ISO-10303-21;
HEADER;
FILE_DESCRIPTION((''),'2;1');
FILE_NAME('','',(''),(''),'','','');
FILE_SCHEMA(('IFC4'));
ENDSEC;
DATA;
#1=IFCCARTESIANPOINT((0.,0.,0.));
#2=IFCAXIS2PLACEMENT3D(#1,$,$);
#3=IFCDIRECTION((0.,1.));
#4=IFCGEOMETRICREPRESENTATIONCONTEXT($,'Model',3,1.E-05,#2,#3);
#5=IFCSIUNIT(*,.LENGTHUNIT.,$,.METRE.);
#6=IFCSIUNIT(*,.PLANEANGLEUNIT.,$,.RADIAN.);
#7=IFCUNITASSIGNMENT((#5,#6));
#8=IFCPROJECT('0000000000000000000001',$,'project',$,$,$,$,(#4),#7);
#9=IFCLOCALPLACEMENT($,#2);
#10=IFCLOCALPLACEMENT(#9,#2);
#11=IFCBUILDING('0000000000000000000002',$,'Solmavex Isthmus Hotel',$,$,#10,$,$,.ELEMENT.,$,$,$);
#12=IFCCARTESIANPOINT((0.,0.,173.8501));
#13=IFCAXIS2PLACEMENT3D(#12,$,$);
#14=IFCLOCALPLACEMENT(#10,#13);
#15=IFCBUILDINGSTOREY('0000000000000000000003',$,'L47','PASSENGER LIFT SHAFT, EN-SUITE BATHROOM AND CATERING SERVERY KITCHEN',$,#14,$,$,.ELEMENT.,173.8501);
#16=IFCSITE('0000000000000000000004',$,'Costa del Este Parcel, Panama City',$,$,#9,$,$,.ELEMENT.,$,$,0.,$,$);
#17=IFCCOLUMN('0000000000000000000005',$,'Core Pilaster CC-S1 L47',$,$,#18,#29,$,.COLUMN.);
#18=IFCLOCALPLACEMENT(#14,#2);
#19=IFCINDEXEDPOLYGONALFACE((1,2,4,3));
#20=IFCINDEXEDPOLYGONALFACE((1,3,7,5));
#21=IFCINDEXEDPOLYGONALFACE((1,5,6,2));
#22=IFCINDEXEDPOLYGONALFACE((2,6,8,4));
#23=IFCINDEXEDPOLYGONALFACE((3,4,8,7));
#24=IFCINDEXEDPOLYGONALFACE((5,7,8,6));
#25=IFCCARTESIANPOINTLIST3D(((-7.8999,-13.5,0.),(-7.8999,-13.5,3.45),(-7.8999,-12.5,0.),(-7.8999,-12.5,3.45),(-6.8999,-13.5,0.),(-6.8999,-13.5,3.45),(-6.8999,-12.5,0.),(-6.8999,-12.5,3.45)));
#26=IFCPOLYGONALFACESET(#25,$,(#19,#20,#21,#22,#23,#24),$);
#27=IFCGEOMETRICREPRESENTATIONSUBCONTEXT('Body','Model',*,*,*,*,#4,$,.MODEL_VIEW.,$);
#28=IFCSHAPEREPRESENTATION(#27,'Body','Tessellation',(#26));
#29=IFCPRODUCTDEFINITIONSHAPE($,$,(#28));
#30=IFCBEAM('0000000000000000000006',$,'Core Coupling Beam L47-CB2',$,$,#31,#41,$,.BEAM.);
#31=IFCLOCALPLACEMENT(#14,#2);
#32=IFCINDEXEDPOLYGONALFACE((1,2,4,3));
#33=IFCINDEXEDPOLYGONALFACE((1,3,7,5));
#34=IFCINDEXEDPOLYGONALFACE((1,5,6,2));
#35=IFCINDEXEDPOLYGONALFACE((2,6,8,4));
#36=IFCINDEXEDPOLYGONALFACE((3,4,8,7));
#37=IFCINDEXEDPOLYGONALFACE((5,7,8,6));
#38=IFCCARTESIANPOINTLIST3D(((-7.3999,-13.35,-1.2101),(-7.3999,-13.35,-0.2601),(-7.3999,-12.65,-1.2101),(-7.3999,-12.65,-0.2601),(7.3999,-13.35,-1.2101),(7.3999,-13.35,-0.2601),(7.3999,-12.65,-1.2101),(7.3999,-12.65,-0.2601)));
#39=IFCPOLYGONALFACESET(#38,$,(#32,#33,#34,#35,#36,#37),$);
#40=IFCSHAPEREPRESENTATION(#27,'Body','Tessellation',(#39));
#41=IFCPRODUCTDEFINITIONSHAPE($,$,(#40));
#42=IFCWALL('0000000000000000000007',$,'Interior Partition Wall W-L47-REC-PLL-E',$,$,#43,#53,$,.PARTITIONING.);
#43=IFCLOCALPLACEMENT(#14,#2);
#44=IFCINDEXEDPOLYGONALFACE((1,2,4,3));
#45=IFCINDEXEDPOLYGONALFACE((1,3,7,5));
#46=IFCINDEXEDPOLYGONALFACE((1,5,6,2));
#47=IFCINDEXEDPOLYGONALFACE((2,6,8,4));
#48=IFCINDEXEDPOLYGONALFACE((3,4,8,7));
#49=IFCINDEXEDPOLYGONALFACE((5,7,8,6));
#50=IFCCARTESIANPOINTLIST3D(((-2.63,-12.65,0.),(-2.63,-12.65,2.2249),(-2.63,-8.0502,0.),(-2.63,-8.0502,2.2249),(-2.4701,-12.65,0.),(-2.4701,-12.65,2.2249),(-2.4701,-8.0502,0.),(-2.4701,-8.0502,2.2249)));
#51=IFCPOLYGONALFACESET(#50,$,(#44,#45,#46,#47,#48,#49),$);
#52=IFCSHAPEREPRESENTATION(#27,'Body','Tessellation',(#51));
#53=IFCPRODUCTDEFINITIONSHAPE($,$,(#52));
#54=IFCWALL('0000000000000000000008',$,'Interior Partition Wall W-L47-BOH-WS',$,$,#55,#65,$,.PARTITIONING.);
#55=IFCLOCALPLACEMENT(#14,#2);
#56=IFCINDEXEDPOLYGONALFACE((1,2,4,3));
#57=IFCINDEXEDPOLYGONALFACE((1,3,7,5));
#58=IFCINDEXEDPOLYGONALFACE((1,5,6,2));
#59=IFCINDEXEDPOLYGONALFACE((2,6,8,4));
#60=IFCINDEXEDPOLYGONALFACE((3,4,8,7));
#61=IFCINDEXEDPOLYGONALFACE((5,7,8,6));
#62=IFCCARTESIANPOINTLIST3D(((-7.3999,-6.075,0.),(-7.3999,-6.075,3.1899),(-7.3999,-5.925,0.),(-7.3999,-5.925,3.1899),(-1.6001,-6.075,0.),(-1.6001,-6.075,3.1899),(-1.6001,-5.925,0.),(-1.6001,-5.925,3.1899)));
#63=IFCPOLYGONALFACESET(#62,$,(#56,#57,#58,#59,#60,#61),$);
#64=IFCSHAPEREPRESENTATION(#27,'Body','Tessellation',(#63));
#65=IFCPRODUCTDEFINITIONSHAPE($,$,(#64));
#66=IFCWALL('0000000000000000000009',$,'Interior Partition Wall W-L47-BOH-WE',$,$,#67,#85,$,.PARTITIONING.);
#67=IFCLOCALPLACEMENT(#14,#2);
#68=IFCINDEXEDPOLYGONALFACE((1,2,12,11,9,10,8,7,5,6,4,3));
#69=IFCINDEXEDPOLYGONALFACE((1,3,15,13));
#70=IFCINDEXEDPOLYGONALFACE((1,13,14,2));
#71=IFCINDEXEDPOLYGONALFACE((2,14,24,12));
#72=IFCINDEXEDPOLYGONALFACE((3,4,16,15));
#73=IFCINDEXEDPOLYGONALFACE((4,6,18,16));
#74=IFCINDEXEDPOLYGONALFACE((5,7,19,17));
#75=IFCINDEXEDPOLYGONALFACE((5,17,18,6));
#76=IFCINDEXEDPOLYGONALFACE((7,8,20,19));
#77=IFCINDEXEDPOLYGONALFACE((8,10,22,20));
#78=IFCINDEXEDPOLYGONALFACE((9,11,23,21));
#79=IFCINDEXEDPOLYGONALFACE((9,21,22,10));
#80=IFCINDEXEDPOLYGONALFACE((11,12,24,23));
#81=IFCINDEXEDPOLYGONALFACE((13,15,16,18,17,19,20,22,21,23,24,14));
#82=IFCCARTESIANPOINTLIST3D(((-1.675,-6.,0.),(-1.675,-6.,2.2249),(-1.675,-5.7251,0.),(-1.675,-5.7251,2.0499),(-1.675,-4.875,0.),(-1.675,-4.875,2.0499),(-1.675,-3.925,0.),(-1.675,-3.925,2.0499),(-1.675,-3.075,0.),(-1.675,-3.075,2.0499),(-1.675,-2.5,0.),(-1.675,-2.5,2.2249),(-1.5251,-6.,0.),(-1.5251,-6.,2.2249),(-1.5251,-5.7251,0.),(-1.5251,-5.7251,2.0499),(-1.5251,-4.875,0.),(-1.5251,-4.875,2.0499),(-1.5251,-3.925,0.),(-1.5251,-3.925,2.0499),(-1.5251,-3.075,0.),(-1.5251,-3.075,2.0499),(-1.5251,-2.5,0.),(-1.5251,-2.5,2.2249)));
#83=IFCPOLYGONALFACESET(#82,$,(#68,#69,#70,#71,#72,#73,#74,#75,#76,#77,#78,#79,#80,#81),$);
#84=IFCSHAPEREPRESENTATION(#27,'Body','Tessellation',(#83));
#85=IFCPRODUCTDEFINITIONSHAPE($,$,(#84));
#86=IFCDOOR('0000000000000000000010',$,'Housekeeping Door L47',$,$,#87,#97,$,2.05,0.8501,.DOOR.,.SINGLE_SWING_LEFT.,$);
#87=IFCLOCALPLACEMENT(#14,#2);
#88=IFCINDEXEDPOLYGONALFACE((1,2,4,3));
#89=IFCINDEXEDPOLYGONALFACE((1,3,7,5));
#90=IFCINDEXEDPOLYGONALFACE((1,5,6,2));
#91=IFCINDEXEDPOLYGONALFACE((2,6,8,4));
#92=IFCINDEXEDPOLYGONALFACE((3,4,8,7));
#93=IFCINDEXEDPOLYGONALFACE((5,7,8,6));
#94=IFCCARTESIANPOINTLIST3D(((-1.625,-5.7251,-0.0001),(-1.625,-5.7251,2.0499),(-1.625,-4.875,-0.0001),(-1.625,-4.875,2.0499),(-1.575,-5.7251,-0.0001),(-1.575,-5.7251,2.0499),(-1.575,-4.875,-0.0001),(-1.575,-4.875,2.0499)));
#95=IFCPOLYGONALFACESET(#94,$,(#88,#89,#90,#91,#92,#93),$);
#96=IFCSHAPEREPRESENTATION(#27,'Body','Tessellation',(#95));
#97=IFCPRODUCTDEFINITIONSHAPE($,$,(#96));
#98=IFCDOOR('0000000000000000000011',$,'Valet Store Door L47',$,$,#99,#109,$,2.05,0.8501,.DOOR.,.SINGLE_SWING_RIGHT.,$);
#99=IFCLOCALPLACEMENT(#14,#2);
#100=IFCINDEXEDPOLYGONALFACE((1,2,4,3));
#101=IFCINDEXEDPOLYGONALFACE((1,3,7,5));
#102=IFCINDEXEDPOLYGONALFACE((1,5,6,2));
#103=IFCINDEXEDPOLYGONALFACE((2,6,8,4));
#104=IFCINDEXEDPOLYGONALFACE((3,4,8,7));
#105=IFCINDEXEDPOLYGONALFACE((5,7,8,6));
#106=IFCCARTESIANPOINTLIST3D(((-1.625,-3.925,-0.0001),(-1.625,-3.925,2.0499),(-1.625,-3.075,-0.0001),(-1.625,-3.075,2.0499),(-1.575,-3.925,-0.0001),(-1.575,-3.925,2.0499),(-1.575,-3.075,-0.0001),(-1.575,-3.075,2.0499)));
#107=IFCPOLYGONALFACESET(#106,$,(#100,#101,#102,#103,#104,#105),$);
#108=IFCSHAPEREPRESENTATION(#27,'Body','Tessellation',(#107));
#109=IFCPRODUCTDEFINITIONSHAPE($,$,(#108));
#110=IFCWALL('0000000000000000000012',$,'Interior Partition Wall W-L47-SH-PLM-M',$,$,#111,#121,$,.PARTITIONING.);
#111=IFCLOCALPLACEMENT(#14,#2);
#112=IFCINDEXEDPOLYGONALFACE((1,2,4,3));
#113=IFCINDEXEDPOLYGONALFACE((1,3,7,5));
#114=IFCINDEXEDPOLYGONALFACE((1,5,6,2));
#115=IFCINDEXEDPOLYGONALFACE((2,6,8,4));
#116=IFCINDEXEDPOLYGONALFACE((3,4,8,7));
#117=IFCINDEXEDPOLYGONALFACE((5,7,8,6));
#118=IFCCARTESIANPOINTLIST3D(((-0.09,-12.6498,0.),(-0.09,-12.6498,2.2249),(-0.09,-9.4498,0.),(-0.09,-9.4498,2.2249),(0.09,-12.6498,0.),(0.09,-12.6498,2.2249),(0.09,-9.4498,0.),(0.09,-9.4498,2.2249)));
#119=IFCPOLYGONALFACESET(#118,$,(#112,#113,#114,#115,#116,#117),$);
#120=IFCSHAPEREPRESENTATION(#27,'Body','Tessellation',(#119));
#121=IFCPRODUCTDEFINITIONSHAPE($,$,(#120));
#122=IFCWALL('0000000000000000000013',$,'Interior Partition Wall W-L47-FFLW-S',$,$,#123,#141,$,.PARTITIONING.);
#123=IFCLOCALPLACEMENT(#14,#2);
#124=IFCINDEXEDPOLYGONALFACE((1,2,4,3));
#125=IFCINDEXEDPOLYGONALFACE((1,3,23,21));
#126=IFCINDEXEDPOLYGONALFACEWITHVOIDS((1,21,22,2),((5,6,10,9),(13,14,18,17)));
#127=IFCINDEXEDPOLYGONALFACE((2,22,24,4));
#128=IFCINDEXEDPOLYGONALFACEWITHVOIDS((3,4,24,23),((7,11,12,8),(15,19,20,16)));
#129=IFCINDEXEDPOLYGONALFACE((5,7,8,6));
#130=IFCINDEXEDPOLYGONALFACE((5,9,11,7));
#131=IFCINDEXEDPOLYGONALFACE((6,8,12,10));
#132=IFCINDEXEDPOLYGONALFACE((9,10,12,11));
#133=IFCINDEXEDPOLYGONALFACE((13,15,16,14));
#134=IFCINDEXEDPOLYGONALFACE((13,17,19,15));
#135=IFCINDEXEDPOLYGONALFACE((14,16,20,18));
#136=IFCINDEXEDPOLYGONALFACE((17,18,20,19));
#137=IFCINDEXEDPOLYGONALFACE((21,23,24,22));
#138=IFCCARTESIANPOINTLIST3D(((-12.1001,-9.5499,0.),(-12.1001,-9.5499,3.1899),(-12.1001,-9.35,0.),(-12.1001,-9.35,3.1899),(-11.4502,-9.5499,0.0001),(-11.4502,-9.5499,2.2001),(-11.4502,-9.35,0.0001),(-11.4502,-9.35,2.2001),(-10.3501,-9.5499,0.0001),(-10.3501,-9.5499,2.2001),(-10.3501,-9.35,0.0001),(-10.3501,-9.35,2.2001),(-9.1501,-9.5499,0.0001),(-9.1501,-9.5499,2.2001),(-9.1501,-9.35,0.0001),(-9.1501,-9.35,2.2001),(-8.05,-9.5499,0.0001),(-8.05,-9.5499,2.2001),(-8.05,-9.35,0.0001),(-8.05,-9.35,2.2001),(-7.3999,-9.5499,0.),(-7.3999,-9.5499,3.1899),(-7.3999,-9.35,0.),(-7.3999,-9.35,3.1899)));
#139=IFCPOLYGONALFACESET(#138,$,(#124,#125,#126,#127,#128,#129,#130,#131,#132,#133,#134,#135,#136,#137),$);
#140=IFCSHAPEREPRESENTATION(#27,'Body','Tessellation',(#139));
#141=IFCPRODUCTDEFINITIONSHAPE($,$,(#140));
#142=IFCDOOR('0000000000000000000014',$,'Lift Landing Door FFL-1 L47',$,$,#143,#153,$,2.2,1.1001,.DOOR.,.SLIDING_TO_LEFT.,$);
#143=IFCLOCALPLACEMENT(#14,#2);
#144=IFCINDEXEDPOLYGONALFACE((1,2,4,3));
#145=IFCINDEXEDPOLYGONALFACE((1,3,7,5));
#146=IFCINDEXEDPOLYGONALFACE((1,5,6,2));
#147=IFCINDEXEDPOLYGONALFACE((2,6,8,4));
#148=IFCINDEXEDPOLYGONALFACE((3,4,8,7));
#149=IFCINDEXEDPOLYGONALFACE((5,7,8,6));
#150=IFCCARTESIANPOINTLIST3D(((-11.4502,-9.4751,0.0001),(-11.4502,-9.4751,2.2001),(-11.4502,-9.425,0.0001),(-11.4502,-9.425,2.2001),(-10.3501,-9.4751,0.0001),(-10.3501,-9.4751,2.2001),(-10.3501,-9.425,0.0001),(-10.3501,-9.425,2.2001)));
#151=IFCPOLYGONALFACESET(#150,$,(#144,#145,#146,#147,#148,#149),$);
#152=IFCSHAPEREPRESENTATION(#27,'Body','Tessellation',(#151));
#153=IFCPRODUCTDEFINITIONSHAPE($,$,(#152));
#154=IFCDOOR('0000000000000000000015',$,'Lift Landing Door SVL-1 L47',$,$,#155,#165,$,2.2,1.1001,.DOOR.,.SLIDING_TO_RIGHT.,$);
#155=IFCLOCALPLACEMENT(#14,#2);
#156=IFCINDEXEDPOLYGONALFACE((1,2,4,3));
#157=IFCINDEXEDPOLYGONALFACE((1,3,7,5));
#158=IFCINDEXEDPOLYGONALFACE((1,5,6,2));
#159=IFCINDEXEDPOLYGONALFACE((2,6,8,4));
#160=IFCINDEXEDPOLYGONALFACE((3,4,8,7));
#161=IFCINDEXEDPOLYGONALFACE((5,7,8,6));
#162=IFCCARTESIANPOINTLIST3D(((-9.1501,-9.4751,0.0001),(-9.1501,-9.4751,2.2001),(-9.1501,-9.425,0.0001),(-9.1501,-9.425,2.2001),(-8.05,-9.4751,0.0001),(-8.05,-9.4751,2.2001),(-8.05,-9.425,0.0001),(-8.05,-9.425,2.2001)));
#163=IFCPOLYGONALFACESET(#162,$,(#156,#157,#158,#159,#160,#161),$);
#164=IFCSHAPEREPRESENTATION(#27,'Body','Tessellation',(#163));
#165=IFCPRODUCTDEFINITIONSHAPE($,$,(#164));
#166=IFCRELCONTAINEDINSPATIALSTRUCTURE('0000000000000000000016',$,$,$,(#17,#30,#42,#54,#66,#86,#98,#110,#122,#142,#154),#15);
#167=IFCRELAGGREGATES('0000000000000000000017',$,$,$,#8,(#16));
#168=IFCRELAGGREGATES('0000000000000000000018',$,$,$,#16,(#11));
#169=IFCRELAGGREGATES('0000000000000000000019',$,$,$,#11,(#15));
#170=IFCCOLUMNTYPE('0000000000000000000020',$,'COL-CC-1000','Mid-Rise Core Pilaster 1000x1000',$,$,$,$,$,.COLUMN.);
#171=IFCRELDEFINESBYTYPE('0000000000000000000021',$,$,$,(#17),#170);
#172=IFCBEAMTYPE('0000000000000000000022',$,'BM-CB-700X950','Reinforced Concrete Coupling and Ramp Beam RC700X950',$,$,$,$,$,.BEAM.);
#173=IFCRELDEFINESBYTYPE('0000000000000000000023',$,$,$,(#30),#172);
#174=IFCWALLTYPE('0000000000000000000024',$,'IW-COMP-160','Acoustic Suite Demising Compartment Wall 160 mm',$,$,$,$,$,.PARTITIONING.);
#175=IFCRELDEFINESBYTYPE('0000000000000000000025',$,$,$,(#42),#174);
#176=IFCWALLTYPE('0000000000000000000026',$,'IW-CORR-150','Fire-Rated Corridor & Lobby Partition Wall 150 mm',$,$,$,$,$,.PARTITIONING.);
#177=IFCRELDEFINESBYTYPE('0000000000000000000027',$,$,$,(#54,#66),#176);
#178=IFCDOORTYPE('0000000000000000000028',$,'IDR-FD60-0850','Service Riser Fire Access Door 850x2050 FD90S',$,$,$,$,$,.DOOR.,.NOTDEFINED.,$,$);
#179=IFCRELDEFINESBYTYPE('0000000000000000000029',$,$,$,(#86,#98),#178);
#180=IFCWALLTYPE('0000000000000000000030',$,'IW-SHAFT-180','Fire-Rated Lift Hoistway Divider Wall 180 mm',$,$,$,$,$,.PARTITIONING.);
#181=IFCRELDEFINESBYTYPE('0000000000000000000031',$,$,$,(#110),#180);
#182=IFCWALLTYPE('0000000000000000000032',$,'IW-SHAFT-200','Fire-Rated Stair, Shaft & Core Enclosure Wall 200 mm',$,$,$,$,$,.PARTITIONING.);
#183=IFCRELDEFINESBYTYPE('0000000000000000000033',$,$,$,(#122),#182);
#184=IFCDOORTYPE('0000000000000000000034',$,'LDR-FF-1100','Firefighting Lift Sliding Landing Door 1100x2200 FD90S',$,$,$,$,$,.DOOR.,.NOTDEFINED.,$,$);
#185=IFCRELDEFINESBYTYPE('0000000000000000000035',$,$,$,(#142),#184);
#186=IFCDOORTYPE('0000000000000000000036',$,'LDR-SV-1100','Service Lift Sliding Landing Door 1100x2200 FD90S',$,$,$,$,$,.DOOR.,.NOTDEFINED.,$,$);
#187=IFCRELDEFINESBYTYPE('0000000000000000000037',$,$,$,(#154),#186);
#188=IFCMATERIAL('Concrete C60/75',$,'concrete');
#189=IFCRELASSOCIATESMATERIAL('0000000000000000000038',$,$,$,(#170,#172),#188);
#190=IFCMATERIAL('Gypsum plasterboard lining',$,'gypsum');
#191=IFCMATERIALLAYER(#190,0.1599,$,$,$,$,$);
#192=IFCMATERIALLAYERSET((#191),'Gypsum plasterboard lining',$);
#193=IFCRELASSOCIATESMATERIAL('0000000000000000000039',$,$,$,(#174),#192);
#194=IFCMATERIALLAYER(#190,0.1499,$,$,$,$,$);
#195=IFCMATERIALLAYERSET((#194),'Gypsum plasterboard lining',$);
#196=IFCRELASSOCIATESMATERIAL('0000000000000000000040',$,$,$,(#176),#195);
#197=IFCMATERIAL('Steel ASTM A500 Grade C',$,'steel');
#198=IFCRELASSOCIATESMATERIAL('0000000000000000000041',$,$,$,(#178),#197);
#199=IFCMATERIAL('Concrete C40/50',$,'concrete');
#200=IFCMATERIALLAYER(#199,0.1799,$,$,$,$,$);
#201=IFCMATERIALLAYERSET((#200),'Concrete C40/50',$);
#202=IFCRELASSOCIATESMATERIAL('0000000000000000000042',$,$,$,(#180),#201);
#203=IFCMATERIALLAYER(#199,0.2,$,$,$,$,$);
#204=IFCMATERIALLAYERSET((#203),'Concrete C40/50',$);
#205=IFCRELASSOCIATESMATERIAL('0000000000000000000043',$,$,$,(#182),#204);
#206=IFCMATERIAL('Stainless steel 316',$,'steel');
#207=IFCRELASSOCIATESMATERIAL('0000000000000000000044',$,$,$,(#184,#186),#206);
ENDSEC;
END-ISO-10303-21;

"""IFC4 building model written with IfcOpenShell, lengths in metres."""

from ifc_helpers import new_model, si_unit, direction, frame, frame_2d, origin, origin_2d, place, context, subcontext, project, spatial, rectangle, extrude, material, layer, layer_set, material_profile, profile_set, type_object, element, fill, save


model = new_model("IFC4")

# Units and contexts
model_context = context("Model", 3, precision=1e-05, world=origin(), true_north=direction((0.0, 1.0)))
body_context = subcontext(model_context, "Body", "Model", "MODEL_VIEW")
ifc_project = project(units=[si_unit("LENGTHUNIT", "METRE"), si_unit("PLANEANGLEUNIT", "RADIAN")], contexts=[model_context])

# Site, building, storey
site_placement = place(None, origin())
site = spatial("IfcSite", under=ifc_project, at=site_placement, Name="Costa del Este Parcel, Panama City", CompositionType="ELEMENT", RefElevation=0.0)
building_placement = place(site_placement, origin())
building = spatial("IfcBuilding", under=site, at=building_placement, Name="Solmavex Isthmus Hotel", CompositionType="ELEMENT")
storey_placement = place(building_placement, frame((0.0, 0.0, 173.8501)))
storey = spatial("IfcBuildingStorey", under=building, at=storey_placement, Name="L47", Description="PASSENGER LIFT SHAFT, EN-SUITE BATHROOM AND CATERING SERVERY KITCHEN", CompositionType="ELEMENT", Elevation=173.8501)

# Column
ifc_material_1 = material(Name="Concrete C60/75", Category="concrete")
ifc_material_profile_1 = material_profile(ifc_material_1, rectangle(XDim=1.0, YDim=1.0, at=origin_2d()), Name="RC1000X1000")
ifc_profile_set_1 = profile_set([ifc_material_profile_1], Name="Concrete C60/75")
column_type = type_object("IfcColumnType", Name="COL-CC-1000", Description="Mid-Rise Core Pilaster 1000x1000", PredefinedType="COLUMN", material=ifc_profile_set_1)
column_placement = place(storey_placement, frame((-7.3999, -13.0, 0.0), z_axis=(0.0, 0.0, 1.0), x_axis=(1.0, 0.0, 0.0)))
element("IfcColumn", 1, at=column_placement, inside=storey, type_object=column_type, Name="Core Pilaster CC-S1 L47", PredefinedType="COLUMN", context=body_context, shape_type="SweptSolid", body=[
    extrude(rectangle(XDim=1.0, YDim=1.0, at=origin_2d()), origin(), (0.0, 0.0, 1.0), 3.45),
])

# Beam
ifc_material_profile_2 = material_profile(ifc_material_1, rectangle(XDim=0.7, YDim=0.95, at=origin_2d()), Name="RC700X950")
ifc_profile_set_2 = profile_set([ifc_material_profile_2], Name="Concrete C60/75")
beam_type = type_object("IfcBeamType", Name="BM-CB-700X950", Description="Reinforced Concrete Coupling and Ramp Beam RC700X950", PredefinedType="BEAM", material=ifc_profile_set_2)
beam_placement = place(storey_placement, frame((-7.3999, -13.0, -0.7351), z_axis=(1.0, 0.0, 0.0), x_axis=(0.0, 1.0, 0.0)))
element("IfcBeam", 2, at=beam_placement, inside=storey, type_object=beam_type, Name="Core Coupling Beam L47-CB2", PredefinedType="BEAM", context=body_context, shape_type="SweptSolid", body=[
    extrude(rectangle(XDim=0.7, YDim=0.95, at=origin_2d()), origin(), (0.0, 0.0, 1.0), 14.7998),
])

# Shared definitions
ifc_material_2 = material(Name="Gypsum plasterboard lining", Category="gypsum")
ifc_layer_1 = layer(ifc_material_2, 0.1599)
ifc_layer_set_1 = layer_set([ifc_layer_1], Name="Gypsum plasterboard lining")
wall_type_1 = type_object("IfcWallType", Name="IW-COMP-160", Description="Acoustic Suite Demising Compartment Wall 160 mm", PredefinedType="PARTITIONING", material=ifc_layer_set_1)

# Walls
wall_1_placement = place(storey_placement, frame((-2.55, -12.6499, 0.0), z_axis=(0.0, 0.0, 1.0), x_axis=(0.0, 1.0, 0.0)))
element("IfcWall", 3, at=wall_1_placement, inside=storey, type_object=wall_type_1, Name="Interior Partition Wall W-L47-REC-PLL-E", PredefinedType="PARTITIONING", context=body_context, shape_type="SweptSolid", body=[
    extrude(rectangle(XDim=4.5999, YDim=0.1599, at=frame_2d((2.2998, 0.0))), origin(), (0.0, 0.0, 1.0), 2.2249),
])
ifc_layer_2 = layer(ifc_material_2, 0.1499)
ifc_layer_set_2 = layer_set([ifc_layer_2], Name="Gypsum plasterboard lining")
wall_type_2 = type_object("IfcWallType", Name="IW-CORR-150", Description="Fire-Rated Corridor & Lobby Partition Wall 150 mm", PredefinedType="PARTITIONING", material=ifc_layer_set_2)
wall_2_placement = place(storey_placement, frame((-7.3999, -6.0, 0.0), z_axis=(0.0, 0.0, 1.0), x_axis=(1.0, 0.0, 0.0)))
element("IfcWall", 4, at=wall_2_placement, inside=storey, type_object=wall_type_2, Name="Interior Partition Wall W-L47-BOH-WS", PredefinedType="PARTITIONING", context=body_context, shape_type="SweptSolid", body=[
    extrude(rectangle(XDim=5.7998, YDim=0.1499, at=frame_2d((2.8999, 0.0))), origin(), (0.0, 0.0, 1.0), 3.1899),
])

# Wall, openings, doors
wall_3_placement = place(storey_placement, frame((-1.6001, -6.0, 0.0), z_axis=(0.0, 0.0, 1.0), x_axis=(0.0, 1.0, 0.0)))
wall_3 = element("IfcWall", 5, at=wall_3_placement, inside=storey, type_object=wall_type_2, Name="Interior Partition Wall W-L47-BOH-WE", PredefinedType="PARTITIONING", context=body_context, shape_type="SweptSolid", body=[
    extrude(rectangle(XDim=3.5, YDim=0.1499, at=frame_2d((1.75, 0.0))), origin(), (0.0, 0.0, 1.0), 2.2249),
])
opening_1_placement = place(wall_3_placement, frame((0.2749, 0.0, 0.0)))
opening_1 = element("IfcOpeningElement", 6, at=opening_1_placement, cuts=wall_3, PredefinedType="OPENING", context=body_context, shape_type="SweptSolid", body=[
    extrude(rectangle(XDim=0.8501, YDim=2.05, at=frame_2d((0.425, 1.0249))), frame((0.0, 0.085, 0.0), z_axis=(0.0, -1.0, 0.0), x_axis=(1.0, 0.0, 0.0)), (0.0, 0.0, 1.0), 0.1699),
])
opening_2_placement = place(wall_3_placement, frame((2.075, 0.0, 0.0)))
opening_2 = element("IfcOpeningElement", 7, at=opening_2_placement, cuts=wall_3, PredefinedType="OPENING", context=body_context, shape_type="SweptSolid", body=[
    extrude(rectangle(XDim=0.8501, YDim=2.05, at=frame_2d((0.425, 1.0249))), frame((0.0, 0.085, 0.0), z_axis=(0.0, -1.0, 0.0), x_axis=(1.0, 0.0, 0.0)), (0.0, 0.0, 1.0), 0.1699),
])
ifc_material_3 = material(Name="Steel ASTM A500 Grade C", Category="steel")
door_type_1 = type_object("IfcDoorType", Name="IDR-FD60-0850", Description="Service Riser Fire Access Door 850x2050 FD90S", OperationType="NOTDEFINED", PredefinedType="DOOR", material=ifc_material_3)
door_1_placement = place(opening_1_placement, origin())
door_1 = element("IfcDoor", 8, at=door_1_placement, inside=storey, type_object=door_type_1, Name="Housekeeping Door L47", OperationType="SINGLE_SWING_LEFT", OverallHeight=2.05, OverallWidth=0.8501, PredefinedType="DOOR", context=body_context, shape_type="SweptSolid", body=[
    extrude(rectangle(XDim=0.8501, YDim=2.05, at=frame_2d((0.425, 1.0249))), frame((0.0, 0.0249, 0.0), z_axis=(0.0, -1.0, 0.0), x_axis=(1.0, 0.0, 0.0)), (0.0, 0.0, 1.0), 0.05),
])
fill(opening_1, door_1)
door_2_placement = place(opening_2_placement, origin())
door_2 = element("IfcDoor", 9, at=door_2_placement, inside=storey, type_object=door_type_1, Name="Valet Store Door L47", OperationType="SINGLE_SWING_RIGHT", OverallHeight=2.05, OverallWidth=0.8501, PredefinedType="DOOR", context=body_context, shape_type="SweptSolid", body=[
    extrude(rectangle(XDim=0.8501, YDim=2.05, at=frame_2d((0.425, 1.0249))), frame((0.0, 0.0249, 0.0), z_axis=(0.0, -1.0, 0.0), x_axis=(1.0, 0.0, 0.0)), (0.0, 0.0, 1.0), 0.05),
])
fill(opening_2, door_2)

# Wall
ifc_material_4 = material(Name="Concrete C40/50", Category="concrete")
ifc_layer_3 = layer(ifc_material_4, 0.1799)
ifc_layer_set_3 = layer_set([ifc_layer_3], Name="Concrete C40/50")
wall_type_3 = type_object("IfcWallType", Name="IW-SHAFT-180", Description="Fire-Rated Lift Hoistway Divider Wall 180 mm", PredefinedType="PARTITIONING", material=ifc_layer_set_3)
wall_4_placement = place(storey_placement, frame((0.0, -12.6499, 0.0), z_axis=(0.0, 0.0, 1.0), x_axis=(0.0, 1.0, 0.0)))
element("IfcWall", 10, at=wall_4_placement, inside=storey, type_object=wall_type_3, Name="Interior Partition Wall W-L47-SH-PLM-M", PredefinedType="PARTITIONING", context=body_context, shape_type="SweptSolid", body=[
    extrude(rectangle(XDim=3.2, YDim=0.1799, at=frame_2d((1.6001, 0.0))), origin(), (0.0, 0.0, 1.0), 2.2249),
])

# Wall, openings, doors
ifc_layer_4 = layer(ifc_material_4, 0.2)
ifc_layer_set_4 = layer_set([ifc_layer_4], Name="Concrete C40/50")
wall_type_4 = type_object("IfcWallType", Name="IW-SHAFT-200", Description="Fire-Rated Stair, Shaft & Core Enclosure Wall 200 mm", PredefinedType="PARTITIONING", material=ifc_layer_set_4)
wall_5_placement = place(storey_placement, frame((-12.1001, -9.45, 0.0), z_axis=(0.0, 0.0, 1.0), x_axis=(1.0, 0.0, 0.0)))
wall_5 = element("IfcWall", 11, at=wall_5_placement, inside=storey, type_object=wall_type_4, Name="Interior Partition Wall W-L47-FFLW-S", PredefinedType="PARTITIONING", context=body_context, shape_type="SweptSolid", body=[
    extrude(rectangle(XDim=4.7002, YDim=0.2, at=frame_2d((2.3501, 0.0))), origin(), (0.0, 0.0, 1.0), 3.1899),
])
opening_3_placement = place(wall_5_placement, frame((0.6499, 0.0, 0.0)))
opening_3 = element("IfcOpeningElement", 12, at=opening_3_placement, cuts=wall_5, PredefinedType="OPENING", context=body_context, shape_type="SweptSolid", body=[
    extrude(rectangle(XDim=1.1001, YDim=2.2, at=frame_2d((0.55, 1.1001))), frame((0.0, 0.1099, 0.0), z_axis=(0.0, -1.0, 0.0), x_axis=(1.0, 0.0, 0.0)), (0.0, 0.0, 1.0), 0.22),
])
opening_4_placement = place(wall_5_placement, frame((2.95, 0.0, 0.0)))
opening_4 = element("IfcOpeningElement", 13, at=opening_4_placement, cuts=wall_5, PredefinedType="OPENING", context=body_context, shape_type="SweptSolid", body=[
    extrude(rectangle(XDim=1.1001, YDim=2.2, at=frame_2d((0.55, 1.1001))), frame((0.0, 0.1099, 0.0), z_axis=(0.0, -1.0, 0.0), x_axis=(1.0, 0.0, 0.0)), (0.0, 0.0, 1.0), 0.22),
])
ifc_material_5 = material(Name="Stainless steel 316", Category="steel")
door_type_2 = type_object("IfcDoorType", Name="LDR-FF-1100", Description="Firefighting Lift Sliding Landing Door 1100x2200 FD90S", OperationType="NOTDEFINED", PredefinedType="DOOR", material=ifc_material_5)
door_3_placement = place(opening_3_placement, origin())
door_3 = element("IfcDoor", 14, at=door_3_placement, inside=storey, type_object=door_type_2, Name="Lift Landing Door FFL-1 L47", OperationType="SLIDING_TO_LEFT", OverallHeight=2.2, OverallWidth=1.1001, PredefinedType="DOOR", context=body_context, shape_type="SweptSolid", body=[
    extrude(rectangle(XDim=1.1001, YDim=2.2, at=frame_2d((0.55, 1.1001))), frame((0.0, 0.0249, 0.0), z_axis=(0.0, -1.0, 0.0), x_axis=(1.0, 0.0, 0.0)), (0.0, 0.0, 1.0), 0.05),
])
fill(opening_3, door_3)
door_type_3 = type_object("IfcDoorType", Name="LDR-SV-1100", Description="Service Lift Sliding Landing Door 1100x2200 FD90S", OperationType="NOTDEFINED", PredefinedType="DOOR", material=ifc_material_5)
door_4_placement = place(opening_4_placement, origin())
door_4 = element("IfcDoor", 15, at=door_4_placement, inside=storey, type_object=door_type_3, Name="Lift Landing Door SVL-1 L47", OperationType="SLIDING_TO_RIGHT", OverallHeight=2.2, OverallWidth=1.1001, PredefinedType="DOOR", context=body_context, shape_type="SweptSolid", body=[
    extrude(rectangle(XDim=1.1001, YDim=2.2, at=frame_2d((0.55, 1.1001))), frame((0.0, 0.0249, 0.0), z_axis=(0.0, -1.0, 0.0), x_axis=(1.0, 0.0, 0.0)), (0.0, 0.0, 1.0), 0.05),
])
fill(opening_4, door_4)

save(model, "model.ifc")
